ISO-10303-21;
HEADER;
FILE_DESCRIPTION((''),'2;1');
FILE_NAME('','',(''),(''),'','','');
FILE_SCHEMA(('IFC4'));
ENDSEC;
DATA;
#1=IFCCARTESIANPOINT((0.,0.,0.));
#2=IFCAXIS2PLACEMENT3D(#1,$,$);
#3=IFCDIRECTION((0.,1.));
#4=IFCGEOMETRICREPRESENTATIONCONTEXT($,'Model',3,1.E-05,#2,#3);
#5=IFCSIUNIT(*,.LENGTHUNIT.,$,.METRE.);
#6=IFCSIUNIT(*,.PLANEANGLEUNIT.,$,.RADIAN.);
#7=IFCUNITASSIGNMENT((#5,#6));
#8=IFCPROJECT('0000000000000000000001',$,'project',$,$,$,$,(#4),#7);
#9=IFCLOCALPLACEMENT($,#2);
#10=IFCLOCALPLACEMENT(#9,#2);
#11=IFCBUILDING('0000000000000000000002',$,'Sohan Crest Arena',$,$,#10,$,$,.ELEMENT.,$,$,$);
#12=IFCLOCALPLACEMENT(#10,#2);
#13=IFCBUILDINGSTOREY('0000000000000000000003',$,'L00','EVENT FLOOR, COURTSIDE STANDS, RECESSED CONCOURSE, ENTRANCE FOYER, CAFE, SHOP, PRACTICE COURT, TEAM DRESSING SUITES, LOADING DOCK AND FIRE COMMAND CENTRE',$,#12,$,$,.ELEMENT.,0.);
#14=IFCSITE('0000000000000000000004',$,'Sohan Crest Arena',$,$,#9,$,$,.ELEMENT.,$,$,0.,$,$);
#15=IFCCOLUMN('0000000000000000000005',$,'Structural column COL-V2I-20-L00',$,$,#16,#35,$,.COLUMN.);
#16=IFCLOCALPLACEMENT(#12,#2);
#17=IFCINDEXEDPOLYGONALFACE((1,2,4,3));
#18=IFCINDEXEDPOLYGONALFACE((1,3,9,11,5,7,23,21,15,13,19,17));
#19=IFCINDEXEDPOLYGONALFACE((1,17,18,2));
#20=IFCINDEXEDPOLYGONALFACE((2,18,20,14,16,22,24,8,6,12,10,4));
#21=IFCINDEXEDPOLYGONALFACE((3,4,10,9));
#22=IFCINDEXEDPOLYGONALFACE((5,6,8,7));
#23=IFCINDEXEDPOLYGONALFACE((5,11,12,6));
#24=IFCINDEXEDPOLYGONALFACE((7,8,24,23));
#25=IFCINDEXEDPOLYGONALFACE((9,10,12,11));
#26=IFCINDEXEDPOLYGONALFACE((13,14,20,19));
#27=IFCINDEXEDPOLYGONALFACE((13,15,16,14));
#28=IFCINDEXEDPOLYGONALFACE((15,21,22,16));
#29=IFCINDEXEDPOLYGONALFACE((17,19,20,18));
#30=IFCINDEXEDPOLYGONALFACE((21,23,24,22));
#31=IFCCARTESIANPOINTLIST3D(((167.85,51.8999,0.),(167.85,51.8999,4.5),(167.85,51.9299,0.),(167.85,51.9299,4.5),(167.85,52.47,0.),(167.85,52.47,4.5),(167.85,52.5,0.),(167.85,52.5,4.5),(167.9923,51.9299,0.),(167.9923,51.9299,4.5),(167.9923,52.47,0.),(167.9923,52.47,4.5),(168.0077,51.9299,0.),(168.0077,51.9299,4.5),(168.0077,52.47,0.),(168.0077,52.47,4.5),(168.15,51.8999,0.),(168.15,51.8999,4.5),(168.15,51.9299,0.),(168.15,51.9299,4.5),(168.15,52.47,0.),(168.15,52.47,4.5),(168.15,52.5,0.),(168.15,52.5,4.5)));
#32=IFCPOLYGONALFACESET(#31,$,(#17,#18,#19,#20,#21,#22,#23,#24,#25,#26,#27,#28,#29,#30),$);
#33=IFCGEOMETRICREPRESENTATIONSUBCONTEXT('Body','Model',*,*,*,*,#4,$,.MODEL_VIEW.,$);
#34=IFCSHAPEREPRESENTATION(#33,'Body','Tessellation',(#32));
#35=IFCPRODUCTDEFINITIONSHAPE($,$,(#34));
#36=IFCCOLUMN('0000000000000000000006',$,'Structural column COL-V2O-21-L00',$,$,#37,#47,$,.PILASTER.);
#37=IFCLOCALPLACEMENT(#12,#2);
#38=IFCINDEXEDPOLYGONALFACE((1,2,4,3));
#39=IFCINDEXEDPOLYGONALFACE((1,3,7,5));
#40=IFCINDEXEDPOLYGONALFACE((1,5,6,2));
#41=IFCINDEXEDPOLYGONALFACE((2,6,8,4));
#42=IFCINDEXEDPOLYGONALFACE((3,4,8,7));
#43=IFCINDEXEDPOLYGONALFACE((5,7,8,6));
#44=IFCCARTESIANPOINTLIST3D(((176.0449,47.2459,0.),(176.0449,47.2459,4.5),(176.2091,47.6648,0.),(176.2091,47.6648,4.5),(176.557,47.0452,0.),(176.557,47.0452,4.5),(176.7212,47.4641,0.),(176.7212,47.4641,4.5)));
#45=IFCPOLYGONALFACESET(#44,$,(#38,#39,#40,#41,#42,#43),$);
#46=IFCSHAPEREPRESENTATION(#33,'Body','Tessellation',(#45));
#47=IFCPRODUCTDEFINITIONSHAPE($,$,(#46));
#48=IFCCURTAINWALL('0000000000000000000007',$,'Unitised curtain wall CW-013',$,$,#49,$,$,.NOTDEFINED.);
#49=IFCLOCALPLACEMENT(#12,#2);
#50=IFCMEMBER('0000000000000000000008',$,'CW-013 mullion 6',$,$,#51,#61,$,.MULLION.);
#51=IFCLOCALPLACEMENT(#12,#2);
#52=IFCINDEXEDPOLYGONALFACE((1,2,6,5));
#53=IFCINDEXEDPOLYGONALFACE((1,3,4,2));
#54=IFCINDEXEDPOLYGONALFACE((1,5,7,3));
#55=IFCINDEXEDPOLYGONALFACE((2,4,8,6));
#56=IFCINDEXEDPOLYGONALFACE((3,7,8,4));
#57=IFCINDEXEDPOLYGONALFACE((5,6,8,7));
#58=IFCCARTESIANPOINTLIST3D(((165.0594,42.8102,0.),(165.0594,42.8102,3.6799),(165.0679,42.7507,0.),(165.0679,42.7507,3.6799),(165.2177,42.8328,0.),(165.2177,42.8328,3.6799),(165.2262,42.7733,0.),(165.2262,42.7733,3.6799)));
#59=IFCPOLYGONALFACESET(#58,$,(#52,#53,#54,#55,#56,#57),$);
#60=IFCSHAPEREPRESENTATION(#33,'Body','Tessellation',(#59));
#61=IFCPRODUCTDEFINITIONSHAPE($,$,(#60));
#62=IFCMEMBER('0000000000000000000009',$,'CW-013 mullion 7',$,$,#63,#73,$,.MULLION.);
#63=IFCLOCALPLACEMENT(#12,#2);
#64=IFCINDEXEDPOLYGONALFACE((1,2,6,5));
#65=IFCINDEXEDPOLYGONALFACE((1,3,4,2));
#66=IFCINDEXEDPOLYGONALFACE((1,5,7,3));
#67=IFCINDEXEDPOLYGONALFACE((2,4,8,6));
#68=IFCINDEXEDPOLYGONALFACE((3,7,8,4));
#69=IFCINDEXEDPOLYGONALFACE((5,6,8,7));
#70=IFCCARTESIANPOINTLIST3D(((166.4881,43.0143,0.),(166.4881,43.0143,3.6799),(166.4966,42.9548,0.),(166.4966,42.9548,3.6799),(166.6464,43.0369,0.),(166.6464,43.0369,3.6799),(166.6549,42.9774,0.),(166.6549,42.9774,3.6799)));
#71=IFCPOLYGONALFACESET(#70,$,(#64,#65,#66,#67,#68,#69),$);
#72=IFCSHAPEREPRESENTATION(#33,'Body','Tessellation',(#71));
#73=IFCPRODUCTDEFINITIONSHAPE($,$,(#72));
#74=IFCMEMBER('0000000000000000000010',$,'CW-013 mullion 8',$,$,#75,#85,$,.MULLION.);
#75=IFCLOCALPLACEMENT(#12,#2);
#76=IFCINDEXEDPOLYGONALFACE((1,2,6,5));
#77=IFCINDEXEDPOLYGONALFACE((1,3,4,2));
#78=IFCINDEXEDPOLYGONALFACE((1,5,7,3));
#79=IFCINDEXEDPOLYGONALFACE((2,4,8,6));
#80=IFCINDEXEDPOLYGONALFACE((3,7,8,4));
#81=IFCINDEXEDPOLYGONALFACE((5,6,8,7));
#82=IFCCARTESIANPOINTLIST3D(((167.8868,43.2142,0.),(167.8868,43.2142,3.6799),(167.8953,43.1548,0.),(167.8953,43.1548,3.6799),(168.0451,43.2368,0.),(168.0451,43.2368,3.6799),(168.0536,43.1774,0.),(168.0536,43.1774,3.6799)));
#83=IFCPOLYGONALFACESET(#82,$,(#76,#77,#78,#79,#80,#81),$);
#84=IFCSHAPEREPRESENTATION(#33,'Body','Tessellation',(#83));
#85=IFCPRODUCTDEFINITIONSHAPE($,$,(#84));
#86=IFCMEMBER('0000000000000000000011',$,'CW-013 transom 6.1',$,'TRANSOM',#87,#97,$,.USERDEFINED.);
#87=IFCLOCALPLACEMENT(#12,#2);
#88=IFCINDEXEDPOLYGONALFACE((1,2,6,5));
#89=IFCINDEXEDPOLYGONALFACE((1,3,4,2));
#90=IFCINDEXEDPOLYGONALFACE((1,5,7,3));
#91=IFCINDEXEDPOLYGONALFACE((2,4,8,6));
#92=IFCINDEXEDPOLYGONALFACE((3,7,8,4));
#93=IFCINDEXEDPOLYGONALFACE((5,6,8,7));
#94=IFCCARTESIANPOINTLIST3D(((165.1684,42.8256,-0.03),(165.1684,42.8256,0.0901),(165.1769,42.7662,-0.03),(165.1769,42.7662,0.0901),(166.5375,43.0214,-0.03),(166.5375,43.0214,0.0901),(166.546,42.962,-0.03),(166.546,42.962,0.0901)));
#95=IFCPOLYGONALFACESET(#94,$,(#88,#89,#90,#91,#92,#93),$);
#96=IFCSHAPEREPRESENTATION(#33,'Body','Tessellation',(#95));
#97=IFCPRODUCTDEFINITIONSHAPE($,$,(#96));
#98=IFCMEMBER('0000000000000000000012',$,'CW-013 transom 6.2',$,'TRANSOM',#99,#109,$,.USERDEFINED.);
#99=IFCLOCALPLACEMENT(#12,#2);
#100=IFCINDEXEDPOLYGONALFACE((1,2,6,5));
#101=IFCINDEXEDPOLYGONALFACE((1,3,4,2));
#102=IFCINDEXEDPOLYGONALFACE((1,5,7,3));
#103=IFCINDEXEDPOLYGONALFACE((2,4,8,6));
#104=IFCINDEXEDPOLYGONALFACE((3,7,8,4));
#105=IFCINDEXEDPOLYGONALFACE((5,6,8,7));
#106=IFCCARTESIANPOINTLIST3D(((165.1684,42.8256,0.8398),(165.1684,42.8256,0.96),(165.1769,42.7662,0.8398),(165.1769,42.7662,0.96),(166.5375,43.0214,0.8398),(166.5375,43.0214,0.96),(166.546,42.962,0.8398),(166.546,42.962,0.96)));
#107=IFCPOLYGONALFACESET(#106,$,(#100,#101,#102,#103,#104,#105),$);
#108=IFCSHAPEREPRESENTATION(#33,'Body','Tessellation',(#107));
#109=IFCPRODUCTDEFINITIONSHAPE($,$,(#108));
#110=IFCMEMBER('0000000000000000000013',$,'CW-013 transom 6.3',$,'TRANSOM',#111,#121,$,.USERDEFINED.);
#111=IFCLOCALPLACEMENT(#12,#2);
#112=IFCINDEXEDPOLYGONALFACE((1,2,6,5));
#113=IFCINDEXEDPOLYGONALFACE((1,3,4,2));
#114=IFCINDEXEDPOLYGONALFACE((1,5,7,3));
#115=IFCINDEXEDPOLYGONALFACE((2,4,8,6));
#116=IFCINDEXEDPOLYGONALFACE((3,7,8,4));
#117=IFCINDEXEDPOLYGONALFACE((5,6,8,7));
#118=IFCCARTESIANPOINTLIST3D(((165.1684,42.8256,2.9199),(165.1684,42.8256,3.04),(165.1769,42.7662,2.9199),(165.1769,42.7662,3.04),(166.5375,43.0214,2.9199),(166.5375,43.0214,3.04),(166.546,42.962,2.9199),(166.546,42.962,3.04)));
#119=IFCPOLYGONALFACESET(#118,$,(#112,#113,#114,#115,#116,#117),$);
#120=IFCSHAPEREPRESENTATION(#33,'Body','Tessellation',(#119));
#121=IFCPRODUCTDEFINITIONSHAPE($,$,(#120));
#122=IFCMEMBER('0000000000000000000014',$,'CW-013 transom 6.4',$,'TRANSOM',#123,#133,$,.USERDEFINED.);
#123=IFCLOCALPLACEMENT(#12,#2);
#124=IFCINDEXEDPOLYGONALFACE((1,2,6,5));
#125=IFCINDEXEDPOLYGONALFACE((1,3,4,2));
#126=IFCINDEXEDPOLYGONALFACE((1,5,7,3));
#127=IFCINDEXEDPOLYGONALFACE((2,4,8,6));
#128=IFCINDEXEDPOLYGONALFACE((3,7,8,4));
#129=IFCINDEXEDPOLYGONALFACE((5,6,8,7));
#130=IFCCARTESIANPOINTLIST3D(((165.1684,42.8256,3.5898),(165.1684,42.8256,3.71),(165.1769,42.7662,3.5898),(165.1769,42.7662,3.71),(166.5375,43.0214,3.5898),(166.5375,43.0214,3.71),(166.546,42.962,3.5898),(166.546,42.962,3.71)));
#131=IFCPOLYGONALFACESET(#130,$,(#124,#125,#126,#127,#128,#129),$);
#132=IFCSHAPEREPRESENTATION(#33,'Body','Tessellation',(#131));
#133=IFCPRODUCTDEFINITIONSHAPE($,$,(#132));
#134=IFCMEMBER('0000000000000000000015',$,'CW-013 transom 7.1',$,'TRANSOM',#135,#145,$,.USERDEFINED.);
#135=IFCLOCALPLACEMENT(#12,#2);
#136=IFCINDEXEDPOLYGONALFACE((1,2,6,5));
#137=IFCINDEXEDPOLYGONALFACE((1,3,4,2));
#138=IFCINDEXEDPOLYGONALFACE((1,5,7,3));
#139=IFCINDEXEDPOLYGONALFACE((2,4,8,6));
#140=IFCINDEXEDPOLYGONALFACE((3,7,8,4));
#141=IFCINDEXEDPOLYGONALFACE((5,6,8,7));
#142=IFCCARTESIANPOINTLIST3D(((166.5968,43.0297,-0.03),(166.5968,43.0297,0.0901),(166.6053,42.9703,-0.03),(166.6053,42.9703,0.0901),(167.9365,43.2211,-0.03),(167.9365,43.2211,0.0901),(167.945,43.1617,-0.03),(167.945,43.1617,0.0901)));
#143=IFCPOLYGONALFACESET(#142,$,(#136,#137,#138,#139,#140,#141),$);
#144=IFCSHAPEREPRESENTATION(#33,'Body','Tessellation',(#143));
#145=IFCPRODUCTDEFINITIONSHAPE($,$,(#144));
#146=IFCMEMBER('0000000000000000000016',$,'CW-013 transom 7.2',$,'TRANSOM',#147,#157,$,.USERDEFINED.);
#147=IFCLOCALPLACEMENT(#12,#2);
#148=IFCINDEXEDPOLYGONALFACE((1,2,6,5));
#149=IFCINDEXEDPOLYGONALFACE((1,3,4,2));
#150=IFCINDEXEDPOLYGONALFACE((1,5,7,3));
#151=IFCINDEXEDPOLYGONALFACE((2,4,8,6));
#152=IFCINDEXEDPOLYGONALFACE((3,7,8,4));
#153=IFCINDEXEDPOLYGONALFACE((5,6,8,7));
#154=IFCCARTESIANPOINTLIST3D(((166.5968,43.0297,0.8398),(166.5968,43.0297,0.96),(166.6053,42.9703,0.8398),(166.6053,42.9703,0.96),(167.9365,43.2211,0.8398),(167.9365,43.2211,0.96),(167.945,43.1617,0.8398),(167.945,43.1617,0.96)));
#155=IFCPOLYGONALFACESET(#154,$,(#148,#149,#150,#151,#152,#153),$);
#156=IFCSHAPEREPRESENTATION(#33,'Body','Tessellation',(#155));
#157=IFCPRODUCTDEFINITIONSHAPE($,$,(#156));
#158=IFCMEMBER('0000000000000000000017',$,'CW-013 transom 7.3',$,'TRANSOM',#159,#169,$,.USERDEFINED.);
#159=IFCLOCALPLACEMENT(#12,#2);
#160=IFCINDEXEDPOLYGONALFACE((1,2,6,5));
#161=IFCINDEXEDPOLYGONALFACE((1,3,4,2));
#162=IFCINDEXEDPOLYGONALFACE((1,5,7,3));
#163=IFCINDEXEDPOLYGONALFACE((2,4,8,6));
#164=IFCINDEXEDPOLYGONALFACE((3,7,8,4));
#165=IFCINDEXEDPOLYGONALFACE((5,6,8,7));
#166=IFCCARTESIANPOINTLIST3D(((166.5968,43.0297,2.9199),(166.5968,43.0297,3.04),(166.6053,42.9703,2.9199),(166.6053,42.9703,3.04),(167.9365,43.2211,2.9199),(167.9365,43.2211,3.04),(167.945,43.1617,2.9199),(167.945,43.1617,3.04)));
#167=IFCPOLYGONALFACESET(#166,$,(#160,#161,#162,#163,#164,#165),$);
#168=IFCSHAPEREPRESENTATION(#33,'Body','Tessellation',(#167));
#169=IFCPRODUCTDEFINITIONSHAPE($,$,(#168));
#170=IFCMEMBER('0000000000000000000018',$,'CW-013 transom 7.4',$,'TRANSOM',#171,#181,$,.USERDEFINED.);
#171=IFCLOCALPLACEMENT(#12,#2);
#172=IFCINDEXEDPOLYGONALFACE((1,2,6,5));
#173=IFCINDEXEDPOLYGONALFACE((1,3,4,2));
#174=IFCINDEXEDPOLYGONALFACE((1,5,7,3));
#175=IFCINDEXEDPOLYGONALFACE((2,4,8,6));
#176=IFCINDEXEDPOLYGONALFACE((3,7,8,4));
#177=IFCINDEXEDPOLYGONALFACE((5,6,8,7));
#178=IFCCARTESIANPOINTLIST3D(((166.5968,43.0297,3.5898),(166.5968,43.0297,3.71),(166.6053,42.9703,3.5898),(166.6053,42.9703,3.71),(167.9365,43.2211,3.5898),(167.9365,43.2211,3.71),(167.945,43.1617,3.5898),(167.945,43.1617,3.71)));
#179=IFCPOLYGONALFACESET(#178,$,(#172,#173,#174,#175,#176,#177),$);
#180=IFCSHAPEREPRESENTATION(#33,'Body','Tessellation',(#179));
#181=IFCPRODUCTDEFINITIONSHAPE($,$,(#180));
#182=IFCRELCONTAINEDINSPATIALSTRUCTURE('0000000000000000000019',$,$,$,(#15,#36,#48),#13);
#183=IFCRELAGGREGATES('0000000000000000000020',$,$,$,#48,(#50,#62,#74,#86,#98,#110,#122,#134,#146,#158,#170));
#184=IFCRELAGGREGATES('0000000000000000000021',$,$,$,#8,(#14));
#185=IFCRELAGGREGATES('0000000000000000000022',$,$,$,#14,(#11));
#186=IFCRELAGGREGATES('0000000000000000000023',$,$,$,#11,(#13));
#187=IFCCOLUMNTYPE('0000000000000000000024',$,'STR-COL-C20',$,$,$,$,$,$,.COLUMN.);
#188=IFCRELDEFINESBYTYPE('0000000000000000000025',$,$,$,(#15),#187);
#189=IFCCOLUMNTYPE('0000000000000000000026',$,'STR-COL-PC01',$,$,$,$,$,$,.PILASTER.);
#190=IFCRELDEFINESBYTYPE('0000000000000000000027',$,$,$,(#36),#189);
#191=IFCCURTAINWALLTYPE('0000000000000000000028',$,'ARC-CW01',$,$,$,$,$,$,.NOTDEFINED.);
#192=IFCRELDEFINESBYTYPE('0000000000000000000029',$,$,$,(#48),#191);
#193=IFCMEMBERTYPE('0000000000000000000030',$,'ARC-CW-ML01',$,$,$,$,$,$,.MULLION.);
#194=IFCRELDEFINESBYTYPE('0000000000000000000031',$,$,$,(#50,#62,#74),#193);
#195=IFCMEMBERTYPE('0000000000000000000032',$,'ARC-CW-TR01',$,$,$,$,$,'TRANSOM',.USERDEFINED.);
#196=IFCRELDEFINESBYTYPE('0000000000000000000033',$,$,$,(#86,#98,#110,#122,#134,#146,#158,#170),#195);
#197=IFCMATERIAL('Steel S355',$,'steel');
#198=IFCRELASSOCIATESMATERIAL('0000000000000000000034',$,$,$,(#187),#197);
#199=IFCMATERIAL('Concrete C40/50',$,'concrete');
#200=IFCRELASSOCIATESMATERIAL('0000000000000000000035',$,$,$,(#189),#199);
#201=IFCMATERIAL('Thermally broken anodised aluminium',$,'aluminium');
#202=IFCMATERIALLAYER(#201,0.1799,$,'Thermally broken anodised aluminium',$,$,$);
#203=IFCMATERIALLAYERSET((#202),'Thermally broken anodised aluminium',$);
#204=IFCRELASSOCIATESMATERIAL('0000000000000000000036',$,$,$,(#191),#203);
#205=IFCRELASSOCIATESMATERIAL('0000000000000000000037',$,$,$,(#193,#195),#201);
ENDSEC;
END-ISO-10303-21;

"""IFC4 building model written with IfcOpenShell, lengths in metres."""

from ifc_helpers import new_model, si_unit, direction, frame, origin, origin_2d, place, context, subcontext, project, spatial, rectangle, i_section, extrude, material, layer, layer_set, material_profile, profile_set, type_object, element, aggregate, save


model = new_model("IFC4")

# Units and contexts
model_context = context("Model", 3, precision=1e-05, world=origin(), true_north=direction((0.0, 1.0)))
body_context = subcontext(model_context, "Body", "Model", "MODEL_VIEW")
ifc_project = project(units=[si_unit("LENGTHUNIT", "METRE"), si_unit("PLANEANGLEUNIT", "RADIAN")], contexts=[model_context])

# Site, building, storey
site_placement = place(None, origin())
site = spatial("IfcSite", under=ifc_project, at=site_placement, Name="Sohan Crest Arena", CompositionType="ELEMENT", RefElevation=0.0)
building_placement = place(site_placement, origin())
building = spatial("IfcBuilding", under=site, at=building_placement, Name="Sohan Crest Arena", CompositionType="ELEMENT")
storey_placement = place(building_placement, origin())
storey = spatial("IfcBuildingStorey", under=building, at=storey_placement, Name="L00", Description="EVENT FLOOR, COURTSIDE STANDS, RECESSED CONCOURSE, ENTRANCE FOYER, CAFE, SHOP, PRACTICE COURT, TEAM DRESSING SUITES, LOADING DOCK AND FIRE COMMAND CENTRE", CompositionType="ELEMENT", Elevation=0.0)

# Columns
ifc_material_1 = material(Name="Steel S355", Category="steel")
ifc_material_profile_1 = material_profile(ifc_material_1, i_section(OverallWidth=0.3, OverallDepth=0.6001, WebThickness=0.0154, FlangeThickness=0.03, at=origin_2d()), Name="HEB 600")
ifc_profile_set_1 = profile_set([ifc_material_profile_1], Name="Steel S355")
column_type_1 = type_object("IfcColumnType", Name="STR-COL-C20", PredefinedType="COLUMN", material=ifc_profile_set_1)
column_1_placement = place(storey_placement, frame((168.0, 52.2, 0.0), z_axis=(0.0, 0.0, 1.0), x_axis=(1.0, 0.0, 0.0)))
element("IfcColumn", 1, at=column_1_placement, inside=storey, type_object=column_type_1, Name="Structural column COL-V2I-20-L00", PredefinedType="COLUMN", context=body_context, shape_type="SweptSolid", body=[
    extrude(i_section(OverallWidth=0.3, OverallDepth=0.6001, WebThickness=0.0154, FlangeThickness=0.03, at=origin_2d()), origin(), (0.0, 0.0, 1.0), 4.5),
])
ifc_material_2 = material(Name="Concrete C40/50", Category="concrete")
ifc_material_profile_2 = material_profile(ifc_material_2, rectangle(XDim=0.55, YDim=0.45, at=origin_2d()), Name="RC 550x450")
ifc_profile_set_2 = profile_set([ifc_material_profile_2], Name="Concrete C40/50")
column_type_2 = type_object("IfcColumnType", Name="STR-COL-PC01", PredefinedType="PILASTER", material=ifc_profile_set_2)
column_2_placement = place(storey_placement, frame((176.3831, 47.355, 0.0), z_axis=(0.0, 0.0, 1.0), x_axis=(-0.931056, 0.364877, 0.0)))
element("IfcColumn", 2, at=column_2_placement, inside=storey, type_object=column_type_2, Name="Structural column COL-V2O-21-L00", PredefinedType="PILASTER", context=body_context, shape_type="SweptSolid", body=[
    extrude(rectangle(XDim=0.55, YDim=0.45, at=origin_2d()), origin(), (0.0, 0.0, 1.0), 4.5),
])

# Curtain wall, members
ifc_material_3 = material(Name="Thermally broken anodised aluminium", Category="aluminium")
ifc_layer_1 = layer(ifc_material_3, 0.1799, Name="Thermally broken anodised aluminium")
ifc_layer_set_1 = layer_set([ifc_layer_1], Name="Thermally broken anodised aluminium")
curtain_wall_type = type_object("IfcCurtainWallType", Name="ARC-CW01", PredefinedType="NOTDEFINED", material=ifc_layer_set_1)
curtain_wall_placement = place(storey_placement, origin())
curtain_wall = element("IfcCurtainWall", 3, at=curtain_wall_placement, inside=storey, type_object=curtain_wall_type, Name="Unitised curtain wall CW-013", PredefinedType="NOTDEFINED")
ifc_material_profile_3 = material_profile(ifc_material_3, rectangle(XDim=0.0601, YDim=0.1599, at=origin_2d()), Name="ALU-MULL 60x160")
ifc_profile_set_3 = profile_set([ifc_material_profile_3], Name="Thermally broken anodised aluminium")
member_type_1 = type_object("IfcMemberType", Name="ARC-CW-ML01", PredefinedType="MULLION", material=ifc_profile_set_3)
member_1_placement = place(storey_placement, frame((165.1428, 42.7917, 0.0), z_axis=(0.0, 0.0, 1.0), x_axis=(-0.141463, 0.989944, 0.0)))
member_1 = element("IfcMember", 4, at=member_1_placement, type_object=member_type_1, Name="CW-013 mullion 6", PredefinedType="MULLION", context=body_context, shape_type="SweptSolid", body=[
    extrude(rectangle(XDim=0.0601, YDim=0.1599, at=origin_2d()), origin(), (0.0, 0.0, 1.0), 3.6799),
])
member_2_placement = place(storey_placement, frame((166.5715, 42.9958, 0.0), z_axis=(0.0, 0.0, 1.0), x_axis=(-0.141463, 0.989944, 0.0)))
member_2 = element("IfcMember", 5, at=member_2_placement, type_object=member_type_1, Name="CW-013 mullion 7", PredefinedType="MULLION", context=body_context, shape_type="SweptSolid", body=[
    extrude(rectangle(XDim=0.0601, YDim=0.1599, at=origin_2d()), origin(), (0.0, 0.0, 1.0), 3.6799),
])
member_3_placement = place(storey_placement, frame((167.9702, 43.1958, 0.0), z_axis=(0.0, 0.0, 1.0), x_axis=(-0.141463, 0.989944, 0.0)))
member_3 = element("IfcMember", 6, at=member_3_placement, type_object=member_type_1, Name="CW-013 mullion 8", PredefinedType="MULLION", context=body_context, shape_type="SweptSolid", body=[
    extrude(rectangle(XDim=0.0601, YDim=0.1599, at=origin_2d()), origin(), (0.0, 0.0, 1.0), 3.6799),
])
ifc_material_profile_4 = material_profile(ifc_material_3, rectangle(XDim=0.0601, YDim=0.1201, at=origin_2d()), Name="ALU-TRAN 60x120")
ifc_profile_set_4 = profile_set([ifc_material_profile_4], Name="Thermally broken anodised aluminium")
member_type_2 = type_object("IfcMemberType", Name="ARC-CW-TR01", ElementType="TRANSOM", PredefinedType="USERDEFINED", material=ifc_profile_set_4)
member_4_placement = place(storey_placement, frame((165.1726, 42.7959, 0.03), z_axis=(0.989928, 0.14157, 0.0), x_axis=(-0.14157, 0.989928, 0.0)))
member_4 = element("IfcMember", 7, at=member_4_placement, type_object=member_type_2, Name="CW-013 transom 6.1", ObjectType="TRANSOM", PredefinedType="USERDEFINED", context=body_context, shape_type="SweptSolid", body=[
    extrude(rectangle(XDim=0.0601, YDim=0.1201, at=origin_2d()), origin(), (0.0, 0.0, 1.0), 1.3831),
])
member_5_placement = place(storey_placement, frame((165.1726, 42.7959, 0.8999), z_axis=(0.989928, 0.14157, 0.0), x_axis=(-0.14157, 0.989928, 0.0)))
member_5 = element("IfcMember", 8, at=member_5_placement, type_object=member_type_2, Name="CW-013 transom 6.2", ObjectType="TRANSOM", PredefinedType="USERDEFINED", context=body_context, shape_type="SweptSolid", body=[
    extrude(rectangle(XDim=0.0601, YDim=0.1201, at=origin_2d()), origin(), (0.0, 0.0, 1.0), 1.3831),
])
member_6_placement = place(storey_placement, frame((165.1726, 42.7959, 2.98), z_axis=(0.989928, 0.14157, 0.0), x_axis=(-0.14157, 0.989928, 0.0)))
member_6 = element("IfcMember", 9, at=member_6_placement, type_object=member_type_2, Name="CW-013 transom 6.3", ObjectType="TRANSOM", PredefinedType="USERDEFINED", context=body_context, shape_type="SweptSolid", body=[
    extrude(rectangle(XDim=0.0601, YDim=0.1201, at=origin_2d()), origin(), (0.0, 0.0, 1.0), 1.3831),
])
member_7_placement = place(storey_placement, frame((165.1726, 42.7959, 3.6499), z_axis=(0.989928, 0.14157, 0.0), x_axis=(-0.14157, 0.989928, 0.0)))
member_7 = element("IfcMember", 10, at=member_7_placement, type_object=member_type_2, Name="CW-013 transom 6.4", ObjectType="TRANSOM", PredefinedType="USERDEFINED", context=body_context, shape_type="SweptSolid", body=[
    extrude(rectangle(XDim=0.0601, YDim=0.1201, at=origin_2d()), origin(), (0.0, 0.0, 1.0), 1.3831),
])
member_8_placement = place(storey_placement, frame((166.6011, 43.0, 0.03), z_axis=(0.989946, 0.141447, 0.0), x_axis=(-0.141447, 0.989946, 0.0)))
member_8 = element("IfcMember", 11, at=member_8_placement, type_object=member_type_2, Name="CW-013 transom 7.1", ObjectType="TRANSOM", PredefinedType="USERDEFINED", context=body_context, shape_type="SweptSolid", body=[
    extrude(rectangle(XDim=0.0601, YDim=0.1201, at=origin_2d()), origin(), (0.0, 0.0, 1.0), 1.3533),
])
member_9_placement = place(storey_placement, frame((166.6011, 43.0, 0.8999), z_axis=(0.989946, 0.141447, 0.0), x_axis=(-0.141447, 0.989946, 0.0)))
member_9 = element("IfcMember", 12, at=member_9_placement, type_object=member_type_2, Name="CW-013 transom 7.2", ObjectType="TRANSOM", PredefinedType="USERDEFINED", context=body_context, shape_type="SweptSolid", body=[
    extrude(rectangle(XDim=0.0601, YDim=0.1201, at=origin_2d()), origin(), (0.0, 0.0, 1.0), 1.3533),
])
member_10_placement = place(storey_placement, frame((166.6011, 43.0, 2.98), z_axis=(0.989946, 0.141447, 0.0), x_axis=(-0.141447, 0.989946, 0.0)))
member_10 = element("IfcMember", 13, at=member_10_placement, type_object=member_type_2, Name="CW-013 transom 7.3", ObjectType="TRANSOM", PredefinedType="USERDEFINED", context=body_context, shape_type="SweptSolid", body=[
    extrude(rectangle(XDim=0.0601, YDim=0.1201, at=origin_2d()), origin(), (0.0, 0.0, 1.0), 1.3533),
])
member_11_placement = place(storey_placement, frame((166.6011, 43.0, 3.6499), z_axis=(0.989946, 0.141447, 0.0), x_axis=(-0.141447, 0.989946, 0.0)))
member_11 = element("IfcMember", 14, at=member_11_placement, type_object=member_type_2, Name="CW-013 transom 7.4", ObjectType="TRANSOM", PredefinedType="USERDEFINED", context=body_context, shape_type="SweptSolid", body=[
    extrude(rectangle(XDim=0.0601, YDim=0.1201, at=origin_2d()), origin(), (0.0, 0.0, 1.0), 1.3533),
])

aggregate(curtain_wall, [member_1, member_2, member_3, member_4, member_5, member_6, member_7, member_8, member_9, member_10, member_11])

save(model, "model.ifc")
